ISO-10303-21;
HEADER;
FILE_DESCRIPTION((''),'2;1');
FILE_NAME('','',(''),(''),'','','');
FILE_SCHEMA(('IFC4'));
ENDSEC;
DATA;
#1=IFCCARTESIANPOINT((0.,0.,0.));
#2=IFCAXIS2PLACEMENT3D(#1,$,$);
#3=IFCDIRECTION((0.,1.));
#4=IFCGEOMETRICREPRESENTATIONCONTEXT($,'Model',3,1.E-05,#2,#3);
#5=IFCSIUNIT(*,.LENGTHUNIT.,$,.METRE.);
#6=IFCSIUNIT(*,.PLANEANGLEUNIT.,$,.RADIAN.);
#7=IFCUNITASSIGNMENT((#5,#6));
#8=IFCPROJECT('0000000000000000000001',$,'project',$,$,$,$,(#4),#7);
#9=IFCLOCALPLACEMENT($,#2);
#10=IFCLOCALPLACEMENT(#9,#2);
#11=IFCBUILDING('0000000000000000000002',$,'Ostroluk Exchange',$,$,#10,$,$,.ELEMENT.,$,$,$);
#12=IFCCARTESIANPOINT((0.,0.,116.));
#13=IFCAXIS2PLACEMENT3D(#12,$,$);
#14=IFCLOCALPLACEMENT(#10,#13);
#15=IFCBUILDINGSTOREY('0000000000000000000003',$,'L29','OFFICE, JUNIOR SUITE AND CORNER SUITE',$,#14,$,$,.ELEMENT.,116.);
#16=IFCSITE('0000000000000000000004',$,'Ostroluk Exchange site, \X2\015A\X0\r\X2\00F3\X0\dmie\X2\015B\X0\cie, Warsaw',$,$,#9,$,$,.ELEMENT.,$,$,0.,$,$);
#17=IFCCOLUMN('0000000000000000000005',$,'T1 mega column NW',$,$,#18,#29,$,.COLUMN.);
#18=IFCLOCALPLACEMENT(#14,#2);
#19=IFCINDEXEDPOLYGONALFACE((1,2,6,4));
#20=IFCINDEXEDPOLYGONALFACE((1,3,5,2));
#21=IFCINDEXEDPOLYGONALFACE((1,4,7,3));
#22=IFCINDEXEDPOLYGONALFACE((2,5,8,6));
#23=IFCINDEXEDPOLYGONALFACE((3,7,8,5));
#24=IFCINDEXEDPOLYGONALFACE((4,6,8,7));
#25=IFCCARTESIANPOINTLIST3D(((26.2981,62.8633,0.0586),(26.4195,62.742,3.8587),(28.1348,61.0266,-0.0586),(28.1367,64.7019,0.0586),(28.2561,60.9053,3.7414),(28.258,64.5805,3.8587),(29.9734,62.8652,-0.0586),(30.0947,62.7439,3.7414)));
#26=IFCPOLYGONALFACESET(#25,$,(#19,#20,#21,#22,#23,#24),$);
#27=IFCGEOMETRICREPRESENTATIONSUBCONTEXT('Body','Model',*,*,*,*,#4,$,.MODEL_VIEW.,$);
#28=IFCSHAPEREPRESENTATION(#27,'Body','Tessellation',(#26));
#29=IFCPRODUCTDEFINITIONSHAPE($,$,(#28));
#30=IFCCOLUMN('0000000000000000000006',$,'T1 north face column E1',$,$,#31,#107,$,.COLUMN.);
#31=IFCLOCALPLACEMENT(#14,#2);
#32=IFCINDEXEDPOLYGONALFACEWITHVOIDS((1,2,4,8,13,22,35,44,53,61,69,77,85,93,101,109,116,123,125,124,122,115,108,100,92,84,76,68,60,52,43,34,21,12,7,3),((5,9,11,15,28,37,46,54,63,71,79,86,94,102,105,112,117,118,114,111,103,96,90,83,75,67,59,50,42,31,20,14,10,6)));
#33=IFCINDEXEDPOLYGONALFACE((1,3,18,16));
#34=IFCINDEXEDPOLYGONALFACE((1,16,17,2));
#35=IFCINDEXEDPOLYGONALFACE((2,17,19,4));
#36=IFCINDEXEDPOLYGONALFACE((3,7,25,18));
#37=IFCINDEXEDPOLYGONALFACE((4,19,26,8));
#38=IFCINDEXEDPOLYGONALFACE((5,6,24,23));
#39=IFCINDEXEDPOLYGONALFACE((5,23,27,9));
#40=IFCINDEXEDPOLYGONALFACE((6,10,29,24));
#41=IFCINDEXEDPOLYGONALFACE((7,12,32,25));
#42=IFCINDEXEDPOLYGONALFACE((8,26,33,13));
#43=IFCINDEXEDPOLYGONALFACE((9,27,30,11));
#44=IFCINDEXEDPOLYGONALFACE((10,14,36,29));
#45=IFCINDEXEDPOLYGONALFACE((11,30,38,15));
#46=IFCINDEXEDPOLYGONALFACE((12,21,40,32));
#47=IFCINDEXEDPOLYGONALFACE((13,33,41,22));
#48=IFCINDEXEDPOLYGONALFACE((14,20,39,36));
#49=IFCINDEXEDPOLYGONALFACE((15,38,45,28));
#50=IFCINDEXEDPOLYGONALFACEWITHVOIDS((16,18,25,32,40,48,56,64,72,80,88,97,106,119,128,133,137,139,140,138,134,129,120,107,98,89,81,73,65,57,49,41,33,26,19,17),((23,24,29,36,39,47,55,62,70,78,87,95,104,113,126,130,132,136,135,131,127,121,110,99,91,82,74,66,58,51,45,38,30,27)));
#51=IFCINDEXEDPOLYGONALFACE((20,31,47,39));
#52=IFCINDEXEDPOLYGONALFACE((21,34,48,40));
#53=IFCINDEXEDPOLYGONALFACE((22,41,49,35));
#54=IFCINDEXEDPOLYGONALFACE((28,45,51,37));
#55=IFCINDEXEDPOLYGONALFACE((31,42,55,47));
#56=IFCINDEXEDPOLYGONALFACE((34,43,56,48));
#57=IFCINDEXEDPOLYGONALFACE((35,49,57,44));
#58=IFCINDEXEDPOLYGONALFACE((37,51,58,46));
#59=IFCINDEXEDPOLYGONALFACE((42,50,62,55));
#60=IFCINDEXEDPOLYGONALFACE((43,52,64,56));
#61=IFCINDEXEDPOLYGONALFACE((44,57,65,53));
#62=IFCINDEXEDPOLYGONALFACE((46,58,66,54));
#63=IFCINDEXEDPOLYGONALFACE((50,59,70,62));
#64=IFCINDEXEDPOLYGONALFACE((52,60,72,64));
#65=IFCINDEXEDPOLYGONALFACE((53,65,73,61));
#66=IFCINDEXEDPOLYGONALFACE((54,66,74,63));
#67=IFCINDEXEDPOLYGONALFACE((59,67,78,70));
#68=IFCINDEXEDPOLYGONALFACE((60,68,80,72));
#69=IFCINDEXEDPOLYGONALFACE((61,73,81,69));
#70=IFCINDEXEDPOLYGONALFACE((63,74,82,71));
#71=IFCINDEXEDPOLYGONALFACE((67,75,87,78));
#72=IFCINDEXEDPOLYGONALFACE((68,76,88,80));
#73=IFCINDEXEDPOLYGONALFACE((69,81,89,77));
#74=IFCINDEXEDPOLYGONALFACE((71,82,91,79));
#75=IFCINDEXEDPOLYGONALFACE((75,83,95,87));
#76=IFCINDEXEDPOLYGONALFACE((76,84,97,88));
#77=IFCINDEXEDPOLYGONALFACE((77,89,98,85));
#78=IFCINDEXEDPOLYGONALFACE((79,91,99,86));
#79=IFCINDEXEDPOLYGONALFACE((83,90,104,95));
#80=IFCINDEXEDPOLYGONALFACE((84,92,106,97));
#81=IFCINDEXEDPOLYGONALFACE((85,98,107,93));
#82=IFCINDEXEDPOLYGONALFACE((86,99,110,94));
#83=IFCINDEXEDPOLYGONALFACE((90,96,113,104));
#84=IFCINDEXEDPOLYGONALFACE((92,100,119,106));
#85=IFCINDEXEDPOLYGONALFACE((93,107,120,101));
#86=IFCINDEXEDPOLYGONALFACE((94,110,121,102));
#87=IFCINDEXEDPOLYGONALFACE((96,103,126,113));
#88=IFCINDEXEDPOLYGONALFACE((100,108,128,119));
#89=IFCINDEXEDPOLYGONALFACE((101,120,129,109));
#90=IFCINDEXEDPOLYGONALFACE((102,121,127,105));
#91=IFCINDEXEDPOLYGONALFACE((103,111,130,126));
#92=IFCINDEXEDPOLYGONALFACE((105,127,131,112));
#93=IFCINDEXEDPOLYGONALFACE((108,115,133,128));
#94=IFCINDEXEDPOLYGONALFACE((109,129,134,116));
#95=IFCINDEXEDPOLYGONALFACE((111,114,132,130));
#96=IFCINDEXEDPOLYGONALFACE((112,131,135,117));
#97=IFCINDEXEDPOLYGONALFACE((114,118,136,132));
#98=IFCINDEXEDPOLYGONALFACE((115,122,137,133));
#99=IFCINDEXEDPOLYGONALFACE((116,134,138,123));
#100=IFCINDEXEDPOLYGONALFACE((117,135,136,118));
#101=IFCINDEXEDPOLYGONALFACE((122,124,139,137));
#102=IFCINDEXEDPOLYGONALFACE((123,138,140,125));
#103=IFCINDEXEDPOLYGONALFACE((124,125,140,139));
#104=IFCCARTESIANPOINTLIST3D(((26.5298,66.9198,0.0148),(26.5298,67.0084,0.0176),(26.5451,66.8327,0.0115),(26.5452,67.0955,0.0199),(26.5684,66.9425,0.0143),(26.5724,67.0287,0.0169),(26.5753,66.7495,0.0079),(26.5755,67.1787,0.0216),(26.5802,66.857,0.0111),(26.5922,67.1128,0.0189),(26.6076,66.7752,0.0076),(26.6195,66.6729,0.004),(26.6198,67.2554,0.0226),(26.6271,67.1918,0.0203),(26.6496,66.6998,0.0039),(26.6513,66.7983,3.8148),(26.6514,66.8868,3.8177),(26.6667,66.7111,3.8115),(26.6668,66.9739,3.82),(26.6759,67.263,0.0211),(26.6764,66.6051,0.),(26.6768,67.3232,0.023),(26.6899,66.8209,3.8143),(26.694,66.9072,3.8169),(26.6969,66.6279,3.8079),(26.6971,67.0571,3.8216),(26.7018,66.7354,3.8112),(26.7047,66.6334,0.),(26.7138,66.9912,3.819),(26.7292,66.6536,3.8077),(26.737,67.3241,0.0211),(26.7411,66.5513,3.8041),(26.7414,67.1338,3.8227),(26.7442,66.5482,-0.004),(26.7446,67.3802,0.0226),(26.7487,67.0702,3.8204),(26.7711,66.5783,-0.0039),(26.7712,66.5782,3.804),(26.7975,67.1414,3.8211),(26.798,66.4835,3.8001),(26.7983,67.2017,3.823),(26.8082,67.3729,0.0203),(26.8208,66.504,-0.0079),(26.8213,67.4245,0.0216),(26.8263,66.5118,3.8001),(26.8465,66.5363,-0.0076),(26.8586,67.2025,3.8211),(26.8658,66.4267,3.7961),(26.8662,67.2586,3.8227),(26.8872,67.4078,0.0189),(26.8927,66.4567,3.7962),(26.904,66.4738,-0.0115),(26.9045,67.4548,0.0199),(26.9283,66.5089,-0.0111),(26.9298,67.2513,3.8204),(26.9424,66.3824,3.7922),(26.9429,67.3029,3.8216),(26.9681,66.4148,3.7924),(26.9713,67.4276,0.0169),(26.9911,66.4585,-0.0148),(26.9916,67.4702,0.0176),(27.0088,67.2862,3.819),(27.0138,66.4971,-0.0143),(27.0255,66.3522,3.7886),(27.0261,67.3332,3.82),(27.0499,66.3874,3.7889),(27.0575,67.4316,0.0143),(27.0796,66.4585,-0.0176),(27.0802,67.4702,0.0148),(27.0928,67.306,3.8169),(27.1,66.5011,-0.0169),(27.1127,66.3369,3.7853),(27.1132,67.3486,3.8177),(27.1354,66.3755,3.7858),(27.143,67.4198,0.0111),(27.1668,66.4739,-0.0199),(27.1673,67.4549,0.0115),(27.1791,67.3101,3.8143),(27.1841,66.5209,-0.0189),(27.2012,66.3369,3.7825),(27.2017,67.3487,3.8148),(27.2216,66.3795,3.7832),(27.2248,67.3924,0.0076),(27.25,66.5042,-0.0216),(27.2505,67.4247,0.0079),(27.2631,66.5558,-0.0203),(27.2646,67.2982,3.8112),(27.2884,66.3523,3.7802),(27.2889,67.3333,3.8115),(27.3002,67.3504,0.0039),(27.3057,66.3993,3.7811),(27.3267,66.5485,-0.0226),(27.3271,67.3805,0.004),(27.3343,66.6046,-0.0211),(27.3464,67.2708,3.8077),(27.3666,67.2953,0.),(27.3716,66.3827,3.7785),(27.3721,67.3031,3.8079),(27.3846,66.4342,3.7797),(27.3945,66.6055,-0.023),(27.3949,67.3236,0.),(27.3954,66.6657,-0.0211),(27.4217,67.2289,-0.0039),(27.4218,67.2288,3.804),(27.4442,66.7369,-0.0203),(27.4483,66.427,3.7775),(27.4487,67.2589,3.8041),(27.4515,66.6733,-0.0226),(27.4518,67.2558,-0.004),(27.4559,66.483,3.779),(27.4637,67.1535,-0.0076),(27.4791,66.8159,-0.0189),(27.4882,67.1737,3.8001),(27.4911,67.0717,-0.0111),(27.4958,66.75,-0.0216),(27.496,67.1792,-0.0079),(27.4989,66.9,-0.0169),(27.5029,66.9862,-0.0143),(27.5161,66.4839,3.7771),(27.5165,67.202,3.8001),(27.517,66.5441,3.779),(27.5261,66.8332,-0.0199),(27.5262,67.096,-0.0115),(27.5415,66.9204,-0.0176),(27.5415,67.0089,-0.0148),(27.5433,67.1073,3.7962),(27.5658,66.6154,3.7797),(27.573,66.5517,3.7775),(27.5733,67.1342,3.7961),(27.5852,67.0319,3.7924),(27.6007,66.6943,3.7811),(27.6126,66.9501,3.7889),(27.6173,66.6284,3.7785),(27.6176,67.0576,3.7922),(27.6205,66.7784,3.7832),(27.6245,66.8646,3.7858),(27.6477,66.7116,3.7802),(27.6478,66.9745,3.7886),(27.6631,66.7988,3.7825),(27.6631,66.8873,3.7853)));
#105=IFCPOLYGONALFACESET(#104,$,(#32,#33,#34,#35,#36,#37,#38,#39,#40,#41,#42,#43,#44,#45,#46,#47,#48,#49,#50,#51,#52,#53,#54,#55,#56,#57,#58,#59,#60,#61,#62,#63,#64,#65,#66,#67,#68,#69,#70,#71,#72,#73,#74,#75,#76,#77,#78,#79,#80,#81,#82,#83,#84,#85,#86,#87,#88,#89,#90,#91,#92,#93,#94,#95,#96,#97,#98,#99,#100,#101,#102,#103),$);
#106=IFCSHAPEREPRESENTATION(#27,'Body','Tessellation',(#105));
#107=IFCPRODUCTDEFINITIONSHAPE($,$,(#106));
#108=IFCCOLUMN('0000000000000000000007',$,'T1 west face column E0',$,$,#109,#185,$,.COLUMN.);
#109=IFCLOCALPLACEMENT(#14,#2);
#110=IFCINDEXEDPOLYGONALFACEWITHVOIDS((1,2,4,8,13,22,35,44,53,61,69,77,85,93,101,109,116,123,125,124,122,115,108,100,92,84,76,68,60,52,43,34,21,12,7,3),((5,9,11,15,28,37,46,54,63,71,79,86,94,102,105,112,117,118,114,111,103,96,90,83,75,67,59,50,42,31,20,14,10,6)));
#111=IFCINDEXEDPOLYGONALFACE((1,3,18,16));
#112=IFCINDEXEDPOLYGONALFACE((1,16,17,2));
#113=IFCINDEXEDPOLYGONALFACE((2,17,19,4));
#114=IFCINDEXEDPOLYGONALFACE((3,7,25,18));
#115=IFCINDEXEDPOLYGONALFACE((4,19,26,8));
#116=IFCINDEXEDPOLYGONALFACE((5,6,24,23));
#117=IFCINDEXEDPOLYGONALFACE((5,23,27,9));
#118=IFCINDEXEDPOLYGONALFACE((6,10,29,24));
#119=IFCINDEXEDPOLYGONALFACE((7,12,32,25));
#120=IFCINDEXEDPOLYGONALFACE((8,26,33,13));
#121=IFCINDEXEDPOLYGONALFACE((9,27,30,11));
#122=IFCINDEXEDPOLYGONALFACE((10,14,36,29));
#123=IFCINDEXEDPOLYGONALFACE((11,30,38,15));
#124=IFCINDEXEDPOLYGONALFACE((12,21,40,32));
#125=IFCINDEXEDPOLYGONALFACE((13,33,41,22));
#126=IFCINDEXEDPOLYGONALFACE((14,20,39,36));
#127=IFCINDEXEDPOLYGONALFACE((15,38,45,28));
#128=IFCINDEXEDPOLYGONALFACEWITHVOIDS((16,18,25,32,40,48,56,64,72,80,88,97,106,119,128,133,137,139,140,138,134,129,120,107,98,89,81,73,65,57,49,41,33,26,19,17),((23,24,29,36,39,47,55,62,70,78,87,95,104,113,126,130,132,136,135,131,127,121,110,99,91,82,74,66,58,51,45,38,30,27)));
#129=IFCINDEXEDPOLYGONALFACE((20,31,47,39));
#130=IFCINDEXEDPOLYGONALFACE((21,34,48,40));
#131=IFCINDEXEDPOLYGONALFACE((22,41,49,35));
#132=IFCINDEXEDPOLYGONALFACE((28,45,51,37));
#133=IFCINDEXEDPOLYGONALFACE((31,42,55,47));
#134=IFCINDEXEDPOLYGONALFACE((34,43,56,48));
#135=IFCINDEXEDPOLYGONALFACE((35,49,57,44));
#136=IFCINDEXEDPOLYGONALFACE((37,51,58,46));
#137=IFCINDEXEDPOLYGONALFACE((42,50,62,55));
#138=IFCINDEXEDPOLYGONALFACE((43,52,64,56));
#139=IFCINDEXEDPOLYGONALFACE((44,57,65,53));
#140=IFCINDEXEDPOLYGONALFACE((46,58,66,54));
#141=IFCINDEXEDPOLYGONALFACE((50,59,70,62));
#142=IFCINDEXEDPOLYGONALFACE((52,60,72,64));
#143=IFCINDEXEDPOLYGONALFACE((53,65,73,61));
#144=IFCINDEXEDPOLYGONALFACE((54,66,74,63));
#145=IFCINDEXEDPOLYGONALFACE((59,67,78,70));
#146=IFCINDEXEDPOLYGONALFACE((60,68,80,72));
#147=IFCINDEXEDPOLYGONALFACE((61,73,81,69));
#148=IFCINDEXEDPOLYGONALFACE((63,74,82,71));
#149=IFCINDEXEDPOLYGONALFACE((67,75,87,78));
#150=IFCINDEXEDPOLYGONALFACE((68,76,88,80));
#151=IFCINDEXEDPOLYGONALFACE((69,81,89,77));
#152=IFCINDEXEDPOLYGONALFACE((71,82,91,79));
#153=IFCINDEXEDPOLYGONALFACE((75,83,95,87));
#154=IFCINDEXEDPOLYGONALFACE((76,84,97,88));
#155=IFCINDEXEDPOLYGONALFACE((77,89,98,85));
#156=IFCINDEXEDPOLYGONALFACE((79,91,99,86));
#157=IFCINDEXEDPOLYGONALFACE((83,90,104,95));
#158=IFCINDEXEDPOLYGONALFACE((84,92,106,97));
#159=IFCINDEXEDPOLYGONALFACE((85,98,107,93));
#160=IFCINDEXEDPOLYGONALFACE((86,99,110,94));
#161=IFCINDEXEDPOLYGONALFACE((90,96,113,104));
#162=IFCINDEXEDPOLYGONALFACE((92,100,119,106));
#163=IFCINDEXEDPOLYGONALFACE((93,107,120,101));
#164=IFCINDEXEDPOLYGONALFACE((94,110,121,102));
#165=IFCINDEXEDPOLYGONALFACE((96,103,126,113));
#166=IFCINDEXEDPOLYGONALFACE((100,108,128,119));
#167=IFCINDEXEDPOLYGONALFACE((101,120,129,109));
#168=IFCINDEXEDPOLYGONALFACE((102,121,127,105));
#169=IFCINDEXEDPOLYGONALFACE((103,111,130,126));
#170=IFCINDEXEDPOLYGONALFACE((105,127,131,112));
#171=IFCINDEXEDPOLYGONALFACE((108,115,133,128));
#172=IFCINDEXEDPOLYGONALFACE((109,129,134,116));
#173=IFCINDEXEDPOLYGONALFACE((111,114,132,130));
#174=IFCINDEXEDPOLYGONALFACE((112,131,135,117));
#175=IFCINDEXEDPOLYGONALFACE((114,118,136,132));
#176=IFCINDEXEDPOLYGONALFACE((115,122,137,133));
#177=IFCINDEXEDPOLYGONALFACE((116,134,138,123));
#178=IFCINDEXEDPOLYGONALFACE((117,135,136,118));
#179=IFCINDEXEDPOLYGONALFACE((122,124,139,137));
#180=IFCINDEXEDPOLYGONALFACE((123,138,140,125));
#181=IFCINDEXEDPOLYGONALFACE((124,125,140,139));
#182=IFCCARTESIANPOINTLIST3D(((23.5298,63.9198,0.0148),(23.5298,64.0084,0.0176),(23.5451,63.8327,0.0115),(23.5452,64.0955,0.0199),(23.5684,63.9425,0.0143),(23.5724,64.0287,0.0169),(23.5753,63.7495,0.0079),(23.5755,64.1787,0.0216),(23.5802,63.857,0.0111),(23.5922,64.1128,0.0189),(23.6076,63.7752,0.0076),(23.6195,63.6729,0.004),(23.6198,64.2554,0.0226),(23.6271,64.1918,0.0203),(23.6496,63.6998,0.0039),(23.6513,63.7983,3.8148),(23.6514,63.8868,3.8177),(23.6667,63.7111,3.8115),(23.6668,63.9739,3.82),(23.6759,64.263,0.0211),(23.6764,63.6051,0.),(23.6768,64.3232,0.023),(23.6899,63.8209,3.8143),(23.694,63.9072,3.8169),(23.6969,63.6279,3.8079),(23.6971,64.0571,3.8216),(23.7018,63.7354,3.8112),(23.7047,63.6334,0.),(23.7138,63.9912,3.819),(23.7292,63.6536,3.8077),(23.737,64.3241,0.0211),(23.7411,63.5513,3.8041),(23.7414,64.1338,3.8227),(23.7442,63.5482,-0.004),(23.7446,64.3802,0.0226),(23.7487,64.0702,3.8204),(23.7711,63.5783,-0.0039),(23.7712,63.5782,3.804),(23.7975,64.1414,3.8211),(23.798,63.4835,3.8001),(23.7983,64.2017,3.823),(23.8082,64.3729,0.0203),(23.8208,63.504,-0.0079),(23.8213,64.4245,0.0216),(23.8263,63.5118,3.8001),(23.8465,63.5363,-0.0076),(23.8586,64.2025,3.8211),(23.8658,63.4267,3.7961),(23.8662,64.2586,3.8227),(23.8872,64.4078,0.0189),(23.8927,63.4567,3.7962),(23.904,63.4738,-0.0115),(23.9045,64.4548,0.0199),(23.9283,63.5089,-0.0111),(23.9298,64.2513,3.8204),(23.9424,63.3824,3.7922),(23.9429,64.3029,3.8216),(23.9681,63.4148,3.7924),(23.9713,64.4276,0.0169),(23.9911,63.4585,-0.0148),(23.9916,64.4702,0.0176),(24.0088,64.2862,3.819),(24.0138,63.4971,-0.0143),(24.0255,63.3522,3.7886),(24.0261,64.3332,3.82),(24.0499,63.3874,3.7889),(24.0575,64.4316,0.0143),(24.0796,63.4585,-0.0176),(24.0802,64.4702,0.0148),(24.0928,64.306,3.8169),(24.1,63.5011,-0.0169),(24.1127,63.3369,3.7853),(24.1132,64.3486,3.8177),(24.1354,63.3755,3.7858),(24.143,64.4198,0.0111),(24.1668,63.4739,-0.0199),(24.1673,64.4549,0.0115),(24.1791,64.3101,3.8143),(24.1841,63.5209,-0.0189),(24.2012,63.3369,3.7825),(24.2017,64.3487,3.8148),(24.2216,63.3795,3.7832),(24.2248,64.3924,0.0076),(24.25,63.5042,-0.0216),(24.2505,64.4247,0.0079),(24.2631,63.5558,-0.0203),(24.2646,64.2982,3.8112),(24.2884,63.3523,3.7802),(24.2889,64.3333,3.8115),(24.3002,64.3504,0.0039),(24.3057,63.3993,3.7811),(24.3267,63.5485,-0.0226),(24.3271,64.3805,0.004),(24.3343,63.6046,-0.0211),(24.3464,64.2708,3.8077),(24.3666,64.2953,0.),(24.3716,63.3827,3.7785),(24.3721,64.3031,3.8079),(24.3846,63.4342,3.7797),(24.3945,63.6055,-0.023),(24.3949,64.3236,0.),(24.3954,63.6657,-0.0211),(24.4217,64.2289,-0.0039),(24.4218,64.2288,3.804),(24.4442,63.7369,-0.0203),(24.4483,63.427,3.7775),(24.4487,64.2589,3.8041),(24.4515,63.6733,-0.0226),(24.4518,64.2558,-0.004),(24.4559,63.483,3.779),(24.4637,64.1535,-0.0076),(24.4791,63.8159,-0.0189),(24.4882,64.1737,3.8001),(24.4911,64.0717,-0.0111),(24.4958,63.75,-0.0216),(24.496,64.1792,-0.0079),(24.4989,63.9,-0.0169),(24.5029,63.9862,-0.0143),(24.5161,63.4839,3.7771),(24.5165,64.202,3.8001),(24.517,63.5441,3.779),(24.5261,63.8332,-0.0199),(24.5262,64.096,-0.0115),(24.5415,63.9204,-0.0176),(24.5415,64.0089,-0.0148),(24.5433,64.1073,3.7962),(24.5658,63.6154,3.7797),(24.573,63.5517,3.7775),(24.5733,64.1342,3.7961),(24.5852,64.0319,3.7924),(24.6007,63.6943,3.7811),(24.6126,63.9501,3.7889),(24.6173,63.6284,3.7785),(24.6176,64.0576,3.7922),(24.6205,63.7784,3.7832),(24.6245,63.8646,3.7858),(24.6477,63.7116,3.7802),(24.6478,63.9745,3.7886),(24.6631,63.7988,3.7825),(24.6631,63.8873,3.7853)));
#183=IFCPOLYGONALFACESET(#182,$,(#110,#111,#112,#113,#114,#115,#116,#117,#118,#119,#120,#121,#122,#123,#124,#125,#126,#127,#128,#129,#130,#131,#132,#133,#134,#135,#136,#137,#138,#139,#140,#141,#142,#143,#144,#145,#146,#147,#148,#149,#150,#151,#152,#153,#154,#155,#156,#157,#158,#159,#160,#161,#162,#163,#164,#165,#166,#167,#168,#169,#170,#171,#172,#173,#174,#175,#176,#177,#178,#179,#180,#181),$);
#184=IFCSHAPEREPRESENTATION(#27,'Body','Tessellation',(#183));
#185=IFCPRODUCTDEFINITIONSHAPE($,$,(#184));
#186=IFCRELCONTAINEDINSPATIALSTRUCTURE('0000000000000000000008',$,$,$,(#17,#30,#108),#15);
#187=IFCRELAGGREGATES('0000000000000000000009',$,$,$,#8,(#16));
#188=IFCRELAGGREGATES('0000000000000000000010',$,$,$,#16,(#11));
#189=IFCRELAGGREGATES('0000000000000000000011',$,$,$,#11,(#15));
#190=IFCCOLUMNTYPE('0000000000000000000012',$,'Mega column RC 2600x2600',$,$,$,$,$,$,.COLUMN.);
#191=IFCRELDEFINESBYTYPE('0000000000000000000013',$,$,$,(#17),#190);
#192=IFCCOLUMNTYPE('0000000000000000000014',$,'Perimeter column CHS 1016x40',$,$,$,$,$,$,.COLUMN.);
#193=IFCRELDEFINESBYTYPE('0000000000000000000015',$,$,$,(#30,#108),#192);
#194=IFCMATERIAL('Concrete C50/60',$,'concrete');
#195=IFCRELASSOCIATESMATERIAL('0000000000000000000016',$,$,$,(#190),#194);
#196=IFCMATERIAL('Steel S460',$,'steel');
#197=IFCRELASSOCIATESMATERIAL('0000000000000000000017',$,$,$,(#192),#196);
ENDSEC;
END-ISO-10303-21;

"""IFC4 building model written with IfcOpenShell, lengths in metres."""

from ifc_helpers import new_model, si_unit, direction, frame, origin, origin_2d, place, context, subcontext, project, spatial, rectangle, hollow_circle, extrude, material, material_profile, profile_set, type_object, element, save


model = new_model("IFC4")

# Units and contexts
model_context = context("Model", 3, precision=1e-05, world=origin(), true_north=direction((0.0, 1.0)))
body_context = subcontext(model_context, "Body", "Model", "MODEL_VIEW")
ifc_project = project(units=[si_unit("LENGTHUNIT", "METRE"), si_unit("PLANEANGLEUNIT", "RADIAN")], contexts=[model_context])

# Site, building, storey
site_placement = place(None, origin())
site = spatial("IfcSite", under=ifc_project, at=site_placement, Name="Ostroluk Exchange site, Śródmieście, Warsaw", CompositionType="ELEMENT", RefElevation=0.0)
building_placement = place(site_placement, origin())
building = spatial("IfcBuilding", under=site, at=building_placement, Name="Ostroluk Exchange", CompositionType="ELEMENT")
storey_placement = place(building_placement, frame((0.0, 0.0, 116.0)))
storey = spatial("IfcBuildingStorey", under=building, at=storey_placement, Name="L29", Description="OFFICE, JUNIOR SUITE AND CORNER SUITE", CompositionType="ELEMENT", Elevation=116.0)

# Columns
ifc_material_1 = material(Name="Concrete C50/60", Category="concrete")
ifc_material_profile_1 = material_profile(ifc_material_1, rectangle(XDim=2.6001, YDim=2.6001, at=origin_2d()), Name="RC 2600x2600")
ifc_profile_set_1 = profile_set([ifc_material_profile_1], Name="Concrete C50/60")
column_type_1 = type_object("IfcColumnType", Name="Mega column RC 2600x2600", PredefinedType="COLUMN", material=ifc_profile_set_1)
column_placement = place(storey_placement, frame((28.1357, 62.8643, 0.0), z_axis=(0.031898, -0.031898, 0.998982), x_axis=(0.707107, 0.707107, 0.0)))
element("IfcColumn", 1, at=column_placement, inside=storey, type_object=column_type_1, Name="T1 mega column NW", PredefinedType="COLUMN", context=body_context, shape_type="SweptSolid", body=[
    extrude(rectangle(XDim=2.6001, YDim=2.6001, at=origin_2d()), origin(), (0.0, 0.0, 1.0), 3.804),
])
ifc_material_2 = material(Name="Steel S460", Category="steel")
ifc_material_profile_2 = material_profile(ifc_material_2, hollow_circle(Radius=0.5081, WallThickness=0.04, at=origin_2d()), Name="CHS 1016x40")
ifc_profile_set_2 = profile_set([ifc_material_profile_2], Name="Steel S460")
column_type_2 = type_object("IfcColumnType", Name="Perimeter column CHS 1016x40", PredefinedType="COLUMN", material=ifc_profile_set_2)
for number, where, z_axis, x_axis, name in (
    (2, (27.0356, 66.9644, 0.0), (0.031962, -0.031962, 0.998978), (0.707107, 0.707107, 0.0), "T1 north face column E1"),
    (3, (24.0356, 63.9644, 0.0), (0.031962, -0.031962, 0.998978), (0.707107, 0.707107, 0.0), "T1 west face column E0"),
):
    element("IfcColumn", number, at=place(storey_placement, frame(where, z_axis=z_axis, x_axis=x_axis)), inside=storey, type_object=column_type_2, Name=name, PredefinedType="COLUMN", context=body_context, shape_type="SweptSolid", body=[
        extrude(hollow_circle(Radius=0.5081, WallThickness=0.04, at=origin_2d()), origin(), (0.0, 0.0, 1.0), 3.804),
    ])

save(model, "model.ifc")
